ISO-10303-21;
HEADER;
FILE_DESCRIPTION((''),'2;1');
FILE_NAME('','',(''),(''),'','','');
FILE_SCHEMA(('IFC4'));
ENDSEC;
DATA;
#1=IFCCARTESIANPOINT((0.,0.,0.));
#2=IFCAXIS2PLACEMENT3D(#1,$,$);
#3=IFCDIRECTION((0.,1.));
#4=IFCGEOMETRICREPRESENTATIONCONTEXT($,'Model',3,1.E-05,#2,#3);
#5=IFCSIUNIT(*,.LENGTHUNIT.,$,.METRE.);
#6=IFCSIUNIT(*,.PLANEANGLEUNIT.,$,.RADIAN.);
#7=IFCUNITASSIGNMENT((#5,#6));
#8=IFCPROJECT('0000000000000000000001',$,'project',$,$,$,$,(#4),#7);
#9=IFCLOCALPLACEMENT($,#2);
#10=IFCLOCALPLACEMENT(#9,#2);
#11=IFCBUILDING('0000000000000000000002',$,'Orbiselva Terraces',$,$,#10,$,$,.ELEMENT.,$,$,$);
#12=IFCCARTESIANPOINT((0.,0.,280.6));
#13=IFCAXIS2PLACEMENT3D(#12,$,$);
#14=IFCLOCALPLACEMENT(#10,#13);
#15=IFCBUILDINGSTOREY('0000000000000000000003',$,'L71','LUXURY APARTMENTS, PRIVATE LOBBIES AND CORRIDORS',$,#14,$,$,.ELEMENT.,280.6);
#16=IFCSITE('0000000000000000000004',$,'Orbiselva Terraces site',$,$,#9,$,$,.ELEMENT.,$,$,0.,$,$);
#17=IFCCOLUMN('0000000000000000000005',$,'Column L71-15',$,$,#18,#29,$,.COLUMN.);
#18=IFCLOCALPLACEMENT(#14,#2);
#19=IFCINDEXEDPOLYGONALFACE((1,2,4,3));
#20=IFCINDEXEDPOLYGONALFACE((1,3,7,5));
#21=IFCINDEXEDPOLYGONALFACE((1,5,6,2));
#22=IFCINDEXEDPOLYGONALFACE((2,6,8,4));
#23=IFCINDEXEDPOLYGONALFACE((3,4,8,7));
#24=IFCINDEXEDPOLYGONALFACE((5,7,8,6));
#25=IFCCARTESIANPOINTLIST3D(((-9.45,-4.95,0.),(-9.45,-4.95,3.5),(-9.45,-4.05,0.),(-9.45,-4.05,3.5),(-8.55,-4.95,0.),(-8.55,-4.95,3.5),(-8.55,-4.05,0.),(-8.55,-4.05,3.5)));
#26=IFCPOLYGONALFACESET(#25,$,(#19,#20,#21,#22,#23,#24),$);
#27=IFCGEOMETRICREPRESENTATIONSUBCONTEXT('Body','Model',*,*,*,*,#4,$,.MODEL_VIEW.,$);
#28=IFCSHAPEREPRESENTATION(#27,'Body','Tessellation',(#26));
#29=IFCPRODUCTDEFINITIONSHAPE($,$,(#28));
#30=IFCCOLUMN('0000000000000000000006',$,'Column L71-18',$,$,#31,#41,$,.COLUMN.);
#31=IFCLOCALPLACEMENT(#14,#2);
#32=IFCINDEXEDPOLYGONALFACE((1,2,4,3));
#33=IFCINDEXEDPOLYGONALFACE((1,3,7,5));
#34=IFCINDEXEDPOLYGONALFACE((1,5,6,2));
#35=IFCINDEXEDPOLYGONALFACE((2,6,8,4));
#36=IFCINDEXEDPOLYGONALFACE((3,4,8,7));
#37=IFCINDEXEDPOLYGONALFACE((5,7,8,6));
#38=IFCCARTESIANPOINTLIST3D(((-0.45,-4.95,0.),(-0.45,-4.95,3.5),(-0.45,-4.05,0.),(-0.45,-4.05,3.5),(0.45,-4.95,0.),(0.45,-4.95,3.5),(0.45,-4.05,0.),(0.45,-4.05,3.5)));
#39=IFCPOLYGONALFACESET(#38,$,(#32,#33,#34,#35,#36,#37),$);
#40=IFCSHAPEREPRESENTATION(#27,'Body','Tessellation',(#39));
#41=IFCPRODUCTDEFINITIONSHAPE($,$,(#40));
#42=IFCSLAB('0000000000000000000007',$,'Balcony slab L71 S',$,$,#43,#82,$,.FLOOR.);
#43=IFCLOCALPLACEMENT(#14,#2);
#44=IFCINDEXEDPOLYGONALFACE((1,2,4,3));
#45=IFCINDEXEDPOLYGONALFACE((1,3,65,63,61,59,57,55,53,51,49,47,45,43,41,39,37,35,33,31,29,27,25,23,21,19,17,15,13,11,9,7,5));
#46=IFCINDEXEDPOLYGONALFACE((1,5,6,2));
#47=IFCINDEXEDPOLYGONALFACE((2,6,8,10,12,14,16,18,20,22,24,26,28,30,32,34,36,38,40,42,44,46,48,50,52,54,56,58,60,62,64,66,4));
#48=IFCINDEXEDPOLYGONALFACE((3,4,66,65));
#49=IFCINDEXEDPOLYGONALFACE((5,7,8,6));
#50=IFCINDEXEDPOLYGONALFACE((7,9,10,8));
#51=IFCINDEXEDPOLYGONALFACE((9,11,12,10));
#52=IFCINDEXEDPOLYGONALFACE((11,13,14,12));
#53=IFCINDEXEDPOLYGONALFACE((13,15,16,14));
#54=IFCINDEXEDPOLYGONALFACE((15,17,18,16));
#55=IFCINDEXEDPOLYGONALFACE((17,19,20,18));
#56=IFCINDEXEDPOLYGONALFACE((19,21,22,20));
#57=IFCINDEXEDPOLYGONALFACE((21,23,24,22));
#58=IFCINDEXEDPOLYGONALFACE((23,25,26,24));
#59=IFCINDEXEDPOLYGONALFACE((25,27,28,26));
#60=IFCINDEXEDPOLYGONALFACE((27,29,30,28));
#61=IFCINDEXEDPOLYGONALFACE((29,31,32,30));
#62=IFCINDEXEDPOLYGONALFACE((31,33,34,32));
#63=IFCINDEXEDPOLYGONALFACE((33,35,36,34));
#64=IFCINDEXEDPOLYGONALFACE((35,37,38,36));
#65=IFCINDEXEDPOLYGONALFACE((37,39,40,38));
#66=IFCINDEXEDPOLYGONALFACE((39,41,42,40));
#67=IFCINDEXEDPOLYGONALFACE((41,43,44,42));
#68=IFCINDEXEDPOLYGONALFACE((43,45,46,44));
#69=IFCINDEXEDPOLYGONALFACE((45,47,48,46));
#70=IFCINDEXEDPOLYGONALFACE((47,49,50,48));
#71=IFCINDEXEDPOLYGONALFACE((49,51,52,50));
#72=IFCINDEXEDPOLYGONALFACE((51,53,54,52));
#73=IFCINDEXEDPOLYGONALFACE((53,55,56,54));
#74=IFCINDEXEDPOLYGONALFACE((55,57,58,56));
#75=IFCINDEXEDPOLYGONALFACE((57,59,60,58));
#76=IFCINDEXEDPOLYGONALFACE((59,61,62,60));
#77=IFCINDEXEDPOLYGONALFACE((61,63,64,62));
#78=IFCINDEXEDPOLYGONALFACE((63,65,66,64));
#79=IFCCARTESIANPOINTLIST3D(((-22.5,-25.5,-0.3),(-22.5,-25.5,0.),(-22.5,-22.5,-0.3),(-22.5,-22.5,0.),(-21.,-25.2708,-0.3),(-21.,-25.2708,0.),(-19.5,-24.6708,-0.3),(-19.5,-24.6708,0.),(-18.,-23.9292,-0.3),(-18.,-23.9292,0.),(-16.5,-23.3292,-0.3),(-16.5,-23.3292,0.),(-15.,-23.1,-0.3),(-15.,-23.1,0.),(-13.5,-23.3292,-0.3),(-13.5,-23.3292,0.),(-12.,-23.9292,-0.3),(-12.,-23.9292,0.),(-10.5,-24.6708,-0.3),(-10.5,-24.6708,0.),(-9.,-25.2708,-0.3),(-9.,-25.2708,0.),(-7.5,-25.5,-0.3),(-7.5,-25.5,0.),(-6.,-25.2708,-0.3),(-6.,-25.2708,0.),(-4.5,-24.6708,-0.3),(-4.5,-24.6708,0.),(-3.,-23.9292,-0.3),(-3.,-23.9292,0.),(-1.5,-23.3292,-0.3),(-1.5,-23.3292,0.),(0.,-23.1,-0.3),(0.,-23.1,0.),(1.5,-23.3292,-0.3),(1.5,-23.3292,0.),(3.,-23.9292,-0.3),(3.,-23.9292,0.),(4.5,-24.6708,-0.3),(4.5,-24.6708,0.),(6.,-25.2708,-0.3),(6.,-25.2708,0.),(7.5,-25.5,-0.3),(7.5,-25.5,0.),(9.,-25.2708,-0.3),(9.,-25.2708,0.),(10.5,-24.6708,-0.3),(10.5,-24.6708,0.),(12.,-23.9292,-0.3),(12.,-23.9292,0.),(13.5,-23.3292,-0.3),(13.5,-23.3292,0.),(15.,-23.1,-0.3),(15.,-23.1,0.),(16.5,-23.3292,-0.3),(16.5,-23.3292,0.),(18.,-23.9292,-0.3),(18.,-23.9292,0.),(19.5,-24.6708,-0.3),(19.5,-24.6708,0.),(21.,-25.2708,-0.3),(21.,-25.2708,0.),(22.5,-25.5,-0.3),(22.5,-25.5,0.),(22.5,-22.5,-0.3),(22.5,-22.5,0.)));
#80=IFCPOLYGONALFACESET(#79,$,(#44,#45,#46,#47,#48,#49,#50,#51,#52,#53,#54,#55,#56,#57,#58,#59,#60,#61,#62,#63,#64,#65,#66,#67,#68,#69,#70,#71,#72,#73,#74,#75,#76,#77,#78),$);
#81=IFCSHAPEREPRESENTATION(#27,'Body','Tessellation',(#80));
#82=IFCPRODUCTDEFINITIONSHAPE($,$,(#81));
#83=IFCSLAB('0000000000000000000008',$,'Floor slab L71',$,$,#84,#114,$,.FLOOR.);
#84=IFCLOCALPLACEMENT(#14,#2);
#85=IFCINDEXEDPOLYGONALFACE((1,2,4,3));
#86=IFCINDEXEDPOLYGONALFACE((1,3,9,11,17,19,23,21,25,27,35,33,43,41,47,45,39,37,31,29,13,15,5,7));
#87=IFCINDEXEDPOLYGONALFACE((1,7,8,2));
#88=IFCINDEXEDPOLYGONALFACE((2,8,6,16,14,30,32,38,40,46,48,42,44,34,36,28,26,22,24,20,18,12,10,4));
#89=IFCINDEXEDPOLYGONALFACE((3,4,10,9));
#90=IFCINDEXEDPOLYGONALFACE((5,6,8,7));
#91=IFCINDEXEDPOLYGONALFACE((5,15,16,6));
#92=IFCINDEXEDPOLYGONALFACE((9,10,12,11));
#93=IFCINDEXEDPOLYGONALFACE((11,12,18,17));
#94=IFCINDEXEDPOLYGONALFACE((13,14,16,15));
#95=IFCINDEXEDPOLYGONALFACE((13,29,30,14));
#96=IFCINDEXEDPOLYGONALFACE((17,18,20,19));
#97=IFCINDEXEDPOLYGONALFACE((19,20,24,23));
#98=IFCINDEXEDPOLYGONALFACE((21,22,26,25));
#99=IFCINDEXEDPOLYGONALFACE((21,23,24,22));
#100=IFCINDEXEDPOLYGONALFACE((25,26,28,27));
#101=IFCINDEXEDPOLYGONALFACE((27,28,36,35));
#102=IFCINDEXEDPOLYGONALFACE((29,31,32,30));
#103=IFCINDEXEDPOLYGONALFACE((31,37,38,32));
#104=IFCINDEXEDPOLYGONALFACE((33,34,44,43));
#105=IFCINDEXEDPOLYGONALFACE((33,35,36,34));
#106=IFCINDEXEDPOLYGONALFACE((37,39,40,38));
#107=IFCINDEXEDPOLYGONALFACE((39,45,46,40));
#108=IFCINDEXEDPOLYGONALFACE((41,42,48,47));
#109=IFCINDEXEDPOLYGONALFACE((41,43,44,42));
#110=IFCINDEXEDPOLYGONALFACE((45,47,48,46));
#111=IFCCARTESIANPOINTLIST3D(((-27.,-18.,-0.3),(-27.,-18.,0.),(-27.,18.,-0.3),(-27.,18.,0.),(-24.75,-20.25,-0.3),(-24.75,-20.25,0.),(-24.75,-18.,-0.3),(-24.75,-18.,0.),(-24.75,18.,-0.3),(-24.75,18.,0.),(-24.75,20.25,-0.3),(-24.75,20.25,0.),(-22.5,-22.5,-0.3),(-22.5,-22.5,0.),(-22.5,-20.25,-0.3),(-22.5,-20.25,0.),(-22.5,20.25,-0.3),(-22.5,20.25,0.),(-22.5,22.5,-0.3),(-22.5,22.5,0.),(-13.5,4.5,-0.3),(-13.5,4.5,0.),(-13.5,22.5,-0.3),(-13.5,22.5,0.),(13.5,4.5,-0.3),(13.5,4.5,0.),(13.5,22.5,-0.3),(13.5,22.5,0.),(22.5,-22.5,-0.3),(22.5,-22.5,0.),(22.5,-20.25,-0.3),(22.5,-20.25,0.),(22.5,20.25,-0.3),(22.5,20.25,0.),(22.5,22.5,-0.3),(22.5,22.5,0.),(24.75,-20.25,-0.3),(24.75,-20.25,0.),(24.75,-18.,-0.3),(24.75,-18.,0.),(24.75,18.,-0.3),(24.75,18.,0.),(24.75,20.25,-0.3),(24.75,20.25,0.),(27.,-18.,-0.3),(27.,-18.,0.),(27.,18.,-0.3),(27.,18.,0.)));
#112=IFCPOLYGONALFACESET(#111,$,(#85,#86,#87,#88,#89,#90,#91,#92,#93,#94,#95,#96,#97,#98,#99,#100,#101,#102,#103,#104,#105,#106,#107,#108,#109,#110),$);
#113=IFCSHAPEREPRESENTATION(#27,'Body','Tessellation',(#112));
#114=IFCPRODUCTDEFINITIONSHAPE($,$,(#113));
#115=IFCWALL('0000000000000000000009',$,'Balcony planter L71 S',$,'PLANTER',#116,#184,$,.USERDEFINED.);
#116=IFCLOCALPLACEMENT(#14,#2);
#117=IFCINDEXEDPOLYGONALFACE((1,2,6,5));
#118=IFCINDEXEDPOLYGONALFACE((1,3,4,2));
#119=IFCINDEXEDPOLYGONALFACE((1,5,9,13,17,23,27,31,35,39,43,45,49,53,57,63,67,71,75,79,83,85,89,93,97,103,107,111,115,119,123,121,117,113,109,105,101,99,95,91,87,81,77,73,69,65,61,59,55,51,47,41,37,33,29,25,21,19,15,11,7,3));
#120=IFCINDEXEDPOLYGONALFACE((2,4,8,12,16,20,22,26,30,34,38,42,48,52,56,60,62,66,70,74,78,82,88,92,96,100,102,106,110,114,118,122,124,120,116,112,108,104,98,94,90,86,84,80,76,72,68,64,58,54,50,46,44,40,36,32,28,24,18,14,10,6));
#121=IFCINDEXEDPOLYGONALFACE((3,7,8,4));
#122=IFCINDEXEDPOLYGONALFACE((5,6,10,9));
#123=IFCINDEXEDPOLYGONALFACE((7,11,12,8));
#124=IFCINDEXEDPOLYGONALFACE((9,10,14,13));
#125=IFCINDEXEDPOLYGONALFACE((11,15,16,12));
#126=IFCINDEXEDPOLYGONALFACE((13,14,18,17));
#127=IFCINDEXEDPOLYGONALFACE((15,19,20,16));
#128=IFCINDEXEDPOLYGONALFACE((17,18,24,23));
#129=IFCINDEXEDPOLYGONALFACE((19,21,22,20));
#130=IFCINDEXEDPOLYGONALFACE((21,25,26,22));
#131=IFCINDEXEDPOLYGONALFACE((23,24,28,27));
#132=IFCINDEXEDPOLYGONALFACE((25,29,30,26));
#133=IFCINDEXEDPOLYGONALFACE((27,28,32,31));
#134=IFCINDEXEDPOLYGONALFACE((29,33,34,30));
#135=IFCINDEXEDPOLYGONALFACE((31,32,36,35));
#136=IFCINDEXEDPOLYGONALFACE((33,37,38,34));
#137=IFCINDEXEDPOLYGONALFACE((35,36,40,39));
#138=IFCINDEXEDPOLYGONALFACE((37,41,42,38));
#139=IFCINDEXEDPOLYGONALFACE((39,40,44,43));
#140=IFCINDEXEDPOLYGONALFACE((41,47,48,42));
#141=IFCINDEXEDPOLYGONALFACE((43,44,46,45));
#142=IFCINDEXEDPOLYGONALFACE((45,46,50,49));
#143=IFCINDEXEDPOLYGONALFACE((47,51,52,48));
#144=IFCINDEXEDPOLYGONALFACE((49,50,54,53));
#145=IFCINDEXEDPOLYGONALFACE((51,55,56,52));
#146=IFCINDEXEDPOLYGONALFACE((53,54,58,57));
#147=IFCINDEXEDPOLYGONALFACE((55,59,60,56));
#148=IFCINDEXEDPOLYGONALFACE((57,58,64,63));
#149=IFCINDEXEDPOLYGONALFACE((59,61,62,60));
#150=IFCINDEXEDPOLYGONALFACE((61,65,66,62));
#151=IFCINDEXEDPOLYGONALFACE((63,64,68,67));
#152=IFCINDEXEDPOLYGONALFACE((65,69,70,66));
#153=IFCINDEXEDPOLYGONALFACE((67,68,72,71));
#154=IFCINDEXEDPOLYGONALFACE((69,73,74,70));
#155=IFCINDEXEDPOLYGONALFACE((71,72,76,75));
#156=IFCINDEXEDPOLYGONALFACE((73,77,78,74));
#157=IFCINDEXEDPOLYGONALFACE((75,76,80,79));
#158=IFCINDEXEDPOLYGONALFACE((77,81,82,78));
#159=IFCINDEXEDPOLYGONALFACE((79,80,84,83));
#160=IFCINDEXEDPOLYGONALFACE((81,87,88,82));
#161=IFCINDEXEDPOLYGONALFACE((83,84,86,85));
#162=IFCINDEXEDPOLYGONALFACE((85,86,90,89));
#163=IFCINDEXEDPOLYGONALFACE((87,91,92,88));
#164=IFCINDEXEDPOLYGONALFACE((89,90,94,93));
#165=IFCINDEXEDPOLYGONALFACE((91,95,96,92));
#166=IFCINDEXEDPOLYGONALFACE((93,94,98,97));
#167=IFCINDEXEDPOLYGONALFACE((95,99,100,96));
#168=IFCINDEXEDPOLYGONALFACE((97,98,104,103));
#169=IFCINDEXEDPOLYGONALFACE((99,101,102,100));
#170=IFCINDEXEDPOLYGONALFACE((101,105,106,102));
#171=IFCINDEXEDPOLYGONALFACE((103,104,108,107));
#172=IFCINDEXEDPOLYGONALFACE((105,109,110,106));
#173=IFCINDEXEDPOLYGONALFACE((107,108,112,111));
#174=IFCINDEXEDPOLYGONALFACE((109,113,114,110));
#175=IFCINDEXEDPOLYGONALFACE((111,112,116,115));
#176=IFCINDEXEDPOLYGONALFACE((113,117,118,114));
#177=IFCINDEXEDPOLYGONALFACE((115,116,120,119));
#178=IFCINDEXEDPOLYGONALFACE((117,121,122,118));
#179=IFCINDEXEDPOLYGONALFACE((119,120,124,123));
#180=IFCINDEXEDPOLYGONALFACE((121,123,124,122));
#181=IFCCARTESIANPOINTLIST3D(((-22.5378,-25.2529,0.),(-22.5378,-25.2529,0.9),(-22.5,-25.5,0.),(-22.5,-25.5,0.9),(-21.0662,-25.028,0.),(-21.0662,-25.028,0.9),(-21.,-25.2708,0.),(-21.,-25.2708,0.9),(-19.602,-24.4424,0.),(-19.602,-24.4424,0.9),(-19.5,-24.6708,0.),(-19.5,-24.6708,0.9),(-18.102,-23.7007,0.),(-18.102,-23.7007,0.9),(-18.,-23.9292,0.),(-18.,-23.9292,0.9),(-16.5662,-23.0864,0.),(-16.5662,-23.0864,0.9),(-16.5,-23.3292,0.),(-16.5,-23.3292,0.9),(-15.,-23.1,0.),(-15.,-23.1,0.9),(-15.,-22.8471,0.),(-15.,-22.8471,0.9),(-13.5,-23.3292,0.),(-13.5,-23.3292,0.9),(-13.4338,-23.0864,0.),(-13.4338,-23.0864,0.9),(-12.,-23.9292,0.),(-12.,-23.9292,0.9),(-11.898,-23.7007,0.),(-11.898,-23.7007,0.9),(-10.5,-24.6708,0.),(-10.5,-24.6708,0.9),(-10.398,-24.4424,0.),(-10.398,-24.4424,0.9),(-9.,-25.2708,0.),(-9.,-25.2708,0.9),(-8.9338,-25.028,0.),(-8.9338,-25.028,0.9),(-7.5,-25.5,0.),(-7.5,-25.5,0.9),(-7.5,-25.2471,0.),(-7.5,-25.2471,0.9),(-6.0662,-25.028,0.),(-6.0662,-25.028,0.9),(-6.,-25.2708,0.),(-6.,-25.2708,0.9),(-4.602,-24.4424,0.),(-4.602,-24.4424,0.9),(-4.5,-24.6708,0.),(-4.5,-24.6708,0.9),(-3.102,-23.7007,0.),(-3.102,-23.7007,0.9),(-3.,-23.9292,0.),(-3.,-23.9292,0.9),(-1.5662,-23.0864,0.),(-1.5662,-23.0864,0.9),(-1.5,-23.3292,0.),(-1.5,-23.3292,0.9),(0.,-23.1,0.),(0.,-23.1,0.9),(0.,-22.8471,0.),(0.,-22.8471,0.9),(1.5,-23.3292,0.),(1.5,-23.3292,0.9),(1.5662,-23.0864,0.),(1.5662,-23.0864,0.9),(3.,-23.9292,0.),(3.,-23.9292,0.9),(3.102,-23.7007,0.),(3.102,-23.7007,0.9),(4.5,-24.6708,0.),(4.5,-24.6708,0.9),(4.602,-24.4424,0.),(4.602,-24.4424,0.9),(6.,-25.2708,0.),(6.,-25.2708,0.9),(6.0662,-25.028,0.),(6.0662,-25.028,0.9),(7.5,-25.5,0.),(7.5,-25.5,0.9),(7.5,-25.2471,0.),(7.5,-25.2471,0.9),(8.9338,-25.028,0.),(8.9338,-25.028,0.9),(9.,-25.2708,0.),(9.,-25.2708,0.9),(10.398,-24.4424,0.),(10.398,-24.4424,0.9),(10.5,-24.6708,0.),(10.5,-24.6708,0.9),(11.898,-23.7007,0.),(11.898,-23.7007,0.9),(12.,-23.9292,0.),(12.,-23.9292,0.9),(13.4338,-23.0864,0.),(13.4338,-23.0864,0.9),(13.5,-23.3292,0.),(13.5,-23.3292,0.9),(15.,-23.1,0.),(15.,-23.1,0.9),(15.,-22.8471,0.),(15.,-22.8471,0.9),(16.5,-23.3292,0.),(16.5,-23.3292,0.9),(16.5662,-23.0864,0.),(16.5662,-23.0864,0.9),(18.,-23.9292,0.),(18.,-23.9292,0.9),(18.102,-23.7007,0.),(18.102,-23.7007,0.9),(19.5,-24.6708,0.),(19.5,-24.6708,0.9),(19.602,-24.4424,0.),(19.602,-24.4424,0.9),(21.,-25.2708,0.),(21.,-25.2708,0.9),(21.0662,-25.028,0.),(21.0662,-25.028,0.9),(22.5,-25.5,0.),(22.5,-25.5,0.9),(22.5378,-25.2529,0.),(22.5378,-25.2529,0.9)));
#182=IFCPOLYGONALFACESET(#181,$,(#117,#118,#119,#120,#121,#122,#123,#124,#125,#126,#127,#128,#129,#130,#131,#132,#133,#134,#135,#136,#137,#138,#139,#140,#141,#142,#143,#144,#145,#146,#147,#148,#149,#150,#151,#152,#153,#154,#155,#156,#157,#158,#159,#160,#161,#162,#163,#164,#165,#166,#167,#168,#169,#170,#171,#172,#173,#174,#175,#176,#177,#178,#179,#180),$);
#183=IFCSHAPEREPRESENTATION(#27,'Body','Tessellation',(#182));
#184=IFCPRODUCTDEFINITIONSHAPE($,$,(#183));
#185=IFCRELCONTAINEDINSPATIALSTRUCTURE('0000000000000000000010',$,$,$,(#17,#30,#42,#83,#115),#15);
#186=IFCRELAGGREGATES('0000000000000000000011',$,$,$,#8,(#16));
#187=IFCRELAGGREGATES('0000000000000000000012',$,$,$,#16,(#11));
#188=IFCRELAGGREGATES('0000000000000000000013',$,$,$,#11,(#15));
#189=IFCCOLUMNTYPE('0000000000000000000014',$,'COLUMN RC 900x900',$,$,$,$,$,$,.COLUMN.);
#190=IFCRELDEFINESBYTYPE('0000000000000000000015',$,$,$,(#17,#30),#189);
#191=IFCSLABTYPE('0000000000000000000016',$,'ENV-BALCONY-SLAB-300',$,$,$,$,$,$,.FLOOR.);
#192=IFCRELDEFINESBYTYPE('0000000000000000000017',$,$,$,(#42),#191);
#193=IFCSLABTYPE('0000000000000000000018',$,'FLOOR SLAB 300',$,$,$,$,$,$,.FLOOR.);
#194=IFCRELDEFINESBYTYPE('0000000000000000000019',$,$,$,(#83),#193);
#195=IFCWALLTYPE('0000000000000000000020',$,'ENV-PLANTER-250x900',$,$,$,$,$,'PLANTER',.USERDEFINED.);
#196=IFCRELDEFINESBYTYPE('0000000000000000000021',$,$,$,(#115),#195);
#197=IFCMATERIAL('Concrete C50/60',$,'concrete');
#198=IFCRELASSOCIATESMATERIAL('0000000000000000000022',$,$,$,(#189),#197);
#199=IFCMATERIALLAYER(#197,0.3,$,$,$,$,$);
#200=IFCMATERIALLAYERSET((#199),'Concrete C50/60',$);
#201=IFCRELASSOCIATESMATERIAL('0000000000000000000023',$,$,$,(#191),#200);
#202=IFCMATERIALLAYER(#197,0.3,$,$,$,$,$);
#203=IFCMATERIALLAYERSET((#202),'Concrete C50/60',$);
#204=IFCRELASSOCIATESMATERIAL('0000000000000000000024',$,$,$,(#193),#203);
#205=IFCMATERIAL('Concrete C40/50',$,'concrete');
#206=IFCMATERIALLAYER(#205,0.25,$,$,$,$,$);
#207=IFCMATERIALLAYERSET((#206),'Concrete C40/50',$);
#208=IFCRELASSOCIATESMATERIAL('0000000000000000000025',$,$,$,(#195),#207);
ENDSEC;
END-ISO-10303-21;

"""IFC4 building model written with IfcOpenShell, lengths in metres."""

from ifc_helpers import new_model, si_unit, direction, frame, origin, origin_2d, place, context, subcontext, project, spatial, polyline, rectangle, outline, extrude, material, layer, layer_set, material_profile, profile_set, type_object, element, save


model = new_model("IFC4")

# Units and contexts
model_context = context("Model", 3, precision=1e-05, world=origin(), true_north=direction((0.0, 1.0)))
body_context = subcontext(model_context, "Body", "Model", "MODEL_VIEW")
ifc_project = project(units=[si_unit("LENGTHUNIT", "METRE"), si_unit("PLANEANGLEUNIT", "RADIAN")], contexts=[model_context])

# Site, building, storey
site_placement = place(None, origin())
site = spatial("IfcSite", under=ifc_project, at=site_placement, Name="Orbiselva Terraces site", CompositionType="ELEMENT", RefElevation=0.0)
building_placement = place(site_placement, origin())
building = spatial("IfcBuilding", under=site, at=building_placement, Name="Orbiselva Terraces", CompositionType="ELEMENT")
storey_placement = place(building_placement, frame((0.0, 0.0, 280.6)))
storey = spatial("IfcBuildingStorey", under=building, at=storey_placement, Name="L71", Description="LUXURY APARTMENTS, PRIVATE LOBBIES AND CORRIDORS", CompositionType="ELEMENT", Elevation=280.6)

# Columns
ifc_material_1 = material(Name="Concrete C50/60", Category="concrete")
ifc_material_profile = material_profile(ifc_material_1, rectangle(XDim=0.9, YDim=0.9, at=origin_2d()), Name="RC 900x900")
ifc_profile_set = profile_set([ifc_material_profile], Name="Concrete C50/60")
column_type = type_object("IfcColumnType", Name="COLUMN RC 900x900", PredefinedType="COLUMN", material=ifc_profile_set)
for number, where, z_axis, x_axis, name in (
    (1, (-9.0, -4.5, 0.0), (0.0, 0.0, 1.0), (1.0, 0.0, 0.0), "Column L71-15"),
    (2, (0.0, -4.5, 0.0), (0.0, 0.0, 1.0), (1.0, 0.0, 0.0), "Column L71-18"),
):
    element("IfcColumn", number, at=place(storey_placement, frame(where, z_axis=z_axis, x_axis=x_axis)), inside=storey, type_object=column_type, Name=name, PredefinedType="COLUMN", context=body_context, shape_type="SweptSolid", body=[
        extrude(rectangle(XDim=0.9, YDim=0.9, at=origin_2d()), origin(), (0.0, 0.0, 1.0), 3.5),
    ])

# Slabs
ifc_layer_1 = layer(ifc_material_1, 0.3)
ifc_layer_set_1 = layer_set([ifc_layer_1], Name="Concrete C50/60")
slab_type_1 = type_object("IfcSlabType", Name="ENV-BALCONY-SLAB-300", PredefinedType="FLOOR", material=ifc_layer_set_1)
slab_1_placement = place(storey_placement, frame((0.0, 0.0, -0.3)))
element("IfcSlab", 3, at=slab_1_placement, inside=storey, type_object=slab_type_1, Name="Balcony slab L71 S", PredefinedType="FLOOR", context=body_context, shape_type="SweptSolid", body=[
    extrude(outline(polyline([(-22.5, -25.5), (-21.0, -25.2708), (-19.5, -24.6708), (-18.0, -23.9292), (-16.5, -23.3292), (-15.0, -23.1), (-13.5, -23.3292), (-12.0, -23.9292), (-10.5, -24.6708), (-9.0, -25.2708), (-7.5, -25.5), (-6.0, -25.2708), (-4.5, -24.6708), (-3.0, -23.9292), (-1.5, -23.3292), (0.0, -23.1), (1.5, -23.3292), (3.0, -23.9292), (4.5, -24.6708), (6.0, -25.2708), (7.5, -25.5), (9.0, -25.2708), (10.5, -24.6708), (12.0, -23.9292), (13.5, -23.3292), (15.0, -23.1), (16.5, -23.3292), (18.0, -23.9292), (19.5, -24.6708), (21.0, -25.2708), (22.5, -25.5), (22.5, -22.5), (-22.5, -22.5), (-22.5, -25.5)])), origin(), (0.0, 0.0, 1.0), 0.3),
])
ifc_layer_2 = layer(ifc_material_1, 0.3)
ifc_layer_set_2 = layer_set([ifc_layer_2], Name="Concrete C50/60")
slab_type_2 = type_object("IfcSlabType", Name="FLOOR SLAB 300", PredefinedType="FLOOR", material=ifc_layer_set_2)
slab_2_placement = place(storey_placement, frame((0.0, 0.0, -0.3)))
element("IfcSlab", 4, at=slab_2_placement, inside=storey, type_object=slab_type_2, Name="Floor slab L71", PredefinedType="FLOOR", context=body_context, shape_type="SweptSolid", body=[
    extrude(outline(polyline([(22.5, 22.5), (22.5, 20.25), (24.75, 20.25), (24.75, 18.0), (27.0, 18.0), (27.0, -18.0), (24.75, -18.0), (24.75, -20.25), (22.5, -20.25), (22.5, -22.5), (-22.5, -22.5), (-22.5, -20.25), (-24.75, -20.25), (-24.75, -18.0), (-27.0, -18.0), (-27.0, 18.0), (-24.75, 18.0), (-24.75, 20.25), (-22.5, 20.25), (-22.5, 22.5), (-13.5, 22.5), (-13.5, 4.5), (13.5, 4.5), (13.5, 22.5), (22.5, 22.5)])), origin(), (0.0, 0.0, 1.0), 0.3),
])

# Wall
ifc_material_2 = material(Name="Concrete C40/50", Category="concrete")
ifc_layer_3 = layer(ifc_material_2, 0.25)
ifc_layer_set_3 = layer_set([ifc_layer_3], Name="Concrete C40/50")
wall_type_1 = type_object("IfcWallType", Name="ENV-PLANTER-250x900", ElementType="PLANTER", PredefinedType="USERDEFINED", material=ifc_layer_set_3)
wall_1_placement = place(storey_placement, origin())
element("IfcWall", 5, at=wall_1_placement, inside=storey, type_object=wall_type_1, Name="Balcony planter L71 S", ObjectType="PLANTER", PredefinedType="USERDEFINED", context=body_context, shape_type="SweptSolid", body=[
    extrude(outline(polyline([(-22.5, -25.5), (-21.0, -25.2708), (-19.5, -24.6708), (-18.0, -23.9292), (-16.5, -23.3292), (-15.0, -23.1), (-13.5, -23.3292), (-12.0, -23.9292), (-10.5, -24.6708), (-9.0, -25.2708), (-7.5, -25.5), (-6.0, -25.2708), (-4.5, -24.6708), (-3.0, -23.9292), (-1.5, -23.3292), (0.0, -23.1), (1.5, -23.3292), (3.0, -23.9292), (4.5, -24.6708), (6.0, -25.2708), (7.5, -25.5), (9.0, -25.2708), (10.5, -24.6708), (12.0, -23.9292), (13.5, -23.3292), (15.0, -23.1), (16.5, -23.3292), (18.0, -23.9292), (19.5, -24.6708), (21.0, -25.2708), (22.5, -25.5), (22.5378, -25.2529), (21.0662, -25.028), (19.602, -24.4424), (18.102, -23.7007), (16.5662, -23.0864), (15.0, -22.8471), (13.4338, -23.0864), (11.898, -23.7007), (10.398, -24.4424), (8.9338, -25.028), (7.5, -25.2471), (6.0662, -25.028), (4.602, -24.4424), (3.102, -23.7007), (1.5662, -23.0864), (0.0, -22.8471), (-1.5662, -23.0864), (-3.102, -23.7007), (-4.602, -24.4424), (-6.0662, -25.028), (-7.5, -25.2471), (-8.9338, -25.028), (-10.398, -24.4424), (-11.898, -23.7007), (-13.4338, -23.0864), (-15.0, -22.8471), (-16.5662, -23.0864), (-18.102, -23.7007), (-19.602, -24.4424), (-21.0662, -25.028), (-22.5378, -25.2529), (-22.5, -25.5)])), origin(), (0.0, 0.0, 1.0), 0.9),
])

save(model, "model.ifc")
